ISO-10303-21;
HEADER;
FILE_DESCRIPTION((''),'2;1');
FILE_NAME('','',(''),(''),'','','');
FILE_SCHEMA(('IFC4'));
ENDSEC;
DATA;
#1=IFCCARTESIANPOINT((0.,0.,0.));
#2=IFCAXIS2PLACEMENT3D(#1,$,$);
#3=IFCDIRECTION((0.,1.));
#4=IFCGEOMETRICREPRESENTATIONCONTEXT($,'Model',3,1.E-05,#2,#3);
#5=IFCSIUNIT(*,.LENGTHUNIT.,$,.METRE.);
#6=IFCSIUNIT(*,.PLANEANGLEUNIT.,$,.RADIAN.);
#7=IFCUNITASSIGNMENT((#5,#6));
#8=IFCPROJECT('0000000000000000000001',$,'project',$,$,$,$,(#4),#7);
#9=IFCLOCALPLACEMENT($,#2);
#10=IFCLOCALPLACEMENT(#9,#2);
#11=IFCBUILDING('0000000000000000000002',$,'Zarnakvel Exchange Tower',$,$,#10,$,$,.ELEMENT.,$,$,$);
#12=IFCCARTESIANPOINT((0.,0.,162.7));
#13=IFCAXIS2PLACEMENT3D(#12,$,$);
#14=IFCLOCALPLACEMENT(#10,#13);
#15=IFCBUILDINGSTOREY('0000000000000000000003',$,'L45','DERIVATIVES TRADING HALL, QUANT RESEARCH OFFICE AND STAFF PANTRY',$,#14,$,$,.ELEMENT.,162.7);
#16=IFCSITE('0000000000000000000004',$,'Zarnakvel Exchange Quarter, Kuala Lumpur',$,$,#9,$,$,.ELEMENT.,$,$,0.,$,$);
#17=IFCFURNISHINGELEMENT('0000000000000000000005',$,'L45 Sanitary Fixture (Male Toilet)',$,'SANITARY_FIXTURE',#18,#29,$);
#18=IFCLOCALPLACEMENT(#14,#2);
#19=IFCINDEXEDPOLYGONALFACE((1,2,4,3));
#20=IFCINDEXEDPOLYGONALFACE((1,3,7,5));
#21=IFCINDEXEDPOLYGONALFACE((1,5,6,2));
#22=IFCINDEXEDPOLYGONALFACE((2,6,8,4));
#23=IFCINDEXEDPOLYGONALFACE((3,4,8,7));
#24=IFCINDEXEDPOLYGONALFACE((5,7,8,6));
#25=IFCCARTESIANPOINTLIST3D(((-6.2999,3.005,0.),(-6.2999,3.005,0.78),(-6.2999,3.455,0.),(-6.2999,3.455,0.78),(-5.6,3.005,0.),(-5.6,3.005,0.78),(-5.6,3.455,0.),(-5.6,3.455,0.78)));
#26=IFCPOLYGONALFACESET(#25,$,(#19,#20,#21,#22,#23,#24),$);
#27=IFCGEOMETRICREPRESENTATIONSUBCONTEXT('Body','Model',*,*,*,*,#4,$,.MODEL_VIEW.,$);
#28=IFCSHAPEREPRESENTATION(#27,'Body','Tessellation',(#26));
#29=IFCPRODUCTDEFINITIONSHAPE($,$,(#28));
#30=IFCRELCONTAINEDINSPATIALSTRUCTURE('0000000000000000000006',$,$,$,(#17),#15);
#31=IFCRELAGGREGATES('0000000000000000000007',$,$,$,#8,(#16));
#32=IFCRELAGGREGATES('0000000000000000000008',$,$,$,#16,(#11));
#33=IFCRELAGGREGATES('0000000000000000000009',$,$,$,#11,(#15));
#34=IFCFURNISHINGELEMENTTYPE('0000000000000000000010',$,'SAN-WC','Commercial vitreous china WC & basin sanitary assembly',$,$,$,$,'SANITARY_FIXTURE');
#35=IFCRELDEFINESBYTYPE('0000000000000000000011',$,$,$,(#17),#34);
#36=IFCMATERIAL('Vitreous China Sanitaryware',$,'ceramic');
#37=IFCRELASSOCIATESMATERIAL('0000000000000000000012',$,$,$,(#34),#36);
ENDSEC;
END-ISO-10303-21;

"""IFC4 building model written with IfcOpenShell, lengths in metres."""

from ifc_helpers import new_model, si_unit, direction, frame, origin, origin_2d, place, context, subcontext, project, spatial, rectangle, extrude, source, transform, mapped, material, type_object, element, save


model = new_model("IFC4")

# Units and contexts
model_context = context("Model", 3, precision=1e-05, world=origin(), true_north=direction((0.0, 1.0)))
body_context = subcontext(model_context, "Body", "Model", "MODEL_VIEW")
ifc_project = project(units=[si_unit("LENGTHUNIT", "METRE"), si_unit("PLANEANGLEUNIT", "RADIAN")], contexts=[model_context])

# Site, building, storey
site_placement = place(None, origin())
site = spatial("IfcSite", under=ifc_project, at=site_placement, Name="Zarnakvel Exchange Quarter, Kuala Lumpur", CompositionType="ELEMENT", RefElevation=0.0)
building_placement = place(site_placement, origin())
building = spatial("IfcBuilding", under=site, at=building_placement, Name="Zarnakvel Exchange Tower", CompositionType="ELEMENT")
storey_placement = place(building_placement, frame((0.0, 0.0, 162.7)))
storey = spatial("IfcBuildingStorey", under=building, at=storey_placement, Name="L45", Description="DERIVATIVES TRADING HALL, QUANT RESEARCH OFFICE AND STAFF PANTRY", CompositionType="ELEMENT", Elevation=162.7)

# Furnishing element
ifc_material_1 = material(Name="Vitreous China Sanitaryware", Category="ceramic")
furnishing_element_type = type_object("IfcFurnishingElementType", Name="SAN-WC", Description="Commercial vitreous china WC & basin sanitary assembly", ElementType="SANITARY_FIXTURE", material=ifc_material_1)
shared_shape_1 = source(origin(), body_context, "Body", "SweptSolid", [
    extrude(rectangle(XDim=0.7, YDim=0.45, at=origin_2d()), origin(), (0.0, 0.0, 1.0), 0.78),
])
furnishing_placement = place(storey_placement, frame((-5.95, 3.23, 0.0), z_axis=(0.0, 0.0, 1.0), x_axis=(1.0, 0.0, 0.0)))
element("IfcFurnishingElement", 1, at=furnishing_placement, inside=storey, type_object=furnishing_element_type, Name="L45 Sanitary Fixture (Male Toilet)", ObjectType="SANITARY_FIXTURE", context=body_context, shape_type="MappedRepresentation", body=[
    mapped(shared_shape_1, transform((0.0, 0.0, 0.0), x_axis=(1.0, 0.0, 0.0), y_axis=(0.0, 1.0, 0.0), z_axis=(0.0, 0.0, 1.0), scale=1.0)),
])

save(model, "model.ifc")
